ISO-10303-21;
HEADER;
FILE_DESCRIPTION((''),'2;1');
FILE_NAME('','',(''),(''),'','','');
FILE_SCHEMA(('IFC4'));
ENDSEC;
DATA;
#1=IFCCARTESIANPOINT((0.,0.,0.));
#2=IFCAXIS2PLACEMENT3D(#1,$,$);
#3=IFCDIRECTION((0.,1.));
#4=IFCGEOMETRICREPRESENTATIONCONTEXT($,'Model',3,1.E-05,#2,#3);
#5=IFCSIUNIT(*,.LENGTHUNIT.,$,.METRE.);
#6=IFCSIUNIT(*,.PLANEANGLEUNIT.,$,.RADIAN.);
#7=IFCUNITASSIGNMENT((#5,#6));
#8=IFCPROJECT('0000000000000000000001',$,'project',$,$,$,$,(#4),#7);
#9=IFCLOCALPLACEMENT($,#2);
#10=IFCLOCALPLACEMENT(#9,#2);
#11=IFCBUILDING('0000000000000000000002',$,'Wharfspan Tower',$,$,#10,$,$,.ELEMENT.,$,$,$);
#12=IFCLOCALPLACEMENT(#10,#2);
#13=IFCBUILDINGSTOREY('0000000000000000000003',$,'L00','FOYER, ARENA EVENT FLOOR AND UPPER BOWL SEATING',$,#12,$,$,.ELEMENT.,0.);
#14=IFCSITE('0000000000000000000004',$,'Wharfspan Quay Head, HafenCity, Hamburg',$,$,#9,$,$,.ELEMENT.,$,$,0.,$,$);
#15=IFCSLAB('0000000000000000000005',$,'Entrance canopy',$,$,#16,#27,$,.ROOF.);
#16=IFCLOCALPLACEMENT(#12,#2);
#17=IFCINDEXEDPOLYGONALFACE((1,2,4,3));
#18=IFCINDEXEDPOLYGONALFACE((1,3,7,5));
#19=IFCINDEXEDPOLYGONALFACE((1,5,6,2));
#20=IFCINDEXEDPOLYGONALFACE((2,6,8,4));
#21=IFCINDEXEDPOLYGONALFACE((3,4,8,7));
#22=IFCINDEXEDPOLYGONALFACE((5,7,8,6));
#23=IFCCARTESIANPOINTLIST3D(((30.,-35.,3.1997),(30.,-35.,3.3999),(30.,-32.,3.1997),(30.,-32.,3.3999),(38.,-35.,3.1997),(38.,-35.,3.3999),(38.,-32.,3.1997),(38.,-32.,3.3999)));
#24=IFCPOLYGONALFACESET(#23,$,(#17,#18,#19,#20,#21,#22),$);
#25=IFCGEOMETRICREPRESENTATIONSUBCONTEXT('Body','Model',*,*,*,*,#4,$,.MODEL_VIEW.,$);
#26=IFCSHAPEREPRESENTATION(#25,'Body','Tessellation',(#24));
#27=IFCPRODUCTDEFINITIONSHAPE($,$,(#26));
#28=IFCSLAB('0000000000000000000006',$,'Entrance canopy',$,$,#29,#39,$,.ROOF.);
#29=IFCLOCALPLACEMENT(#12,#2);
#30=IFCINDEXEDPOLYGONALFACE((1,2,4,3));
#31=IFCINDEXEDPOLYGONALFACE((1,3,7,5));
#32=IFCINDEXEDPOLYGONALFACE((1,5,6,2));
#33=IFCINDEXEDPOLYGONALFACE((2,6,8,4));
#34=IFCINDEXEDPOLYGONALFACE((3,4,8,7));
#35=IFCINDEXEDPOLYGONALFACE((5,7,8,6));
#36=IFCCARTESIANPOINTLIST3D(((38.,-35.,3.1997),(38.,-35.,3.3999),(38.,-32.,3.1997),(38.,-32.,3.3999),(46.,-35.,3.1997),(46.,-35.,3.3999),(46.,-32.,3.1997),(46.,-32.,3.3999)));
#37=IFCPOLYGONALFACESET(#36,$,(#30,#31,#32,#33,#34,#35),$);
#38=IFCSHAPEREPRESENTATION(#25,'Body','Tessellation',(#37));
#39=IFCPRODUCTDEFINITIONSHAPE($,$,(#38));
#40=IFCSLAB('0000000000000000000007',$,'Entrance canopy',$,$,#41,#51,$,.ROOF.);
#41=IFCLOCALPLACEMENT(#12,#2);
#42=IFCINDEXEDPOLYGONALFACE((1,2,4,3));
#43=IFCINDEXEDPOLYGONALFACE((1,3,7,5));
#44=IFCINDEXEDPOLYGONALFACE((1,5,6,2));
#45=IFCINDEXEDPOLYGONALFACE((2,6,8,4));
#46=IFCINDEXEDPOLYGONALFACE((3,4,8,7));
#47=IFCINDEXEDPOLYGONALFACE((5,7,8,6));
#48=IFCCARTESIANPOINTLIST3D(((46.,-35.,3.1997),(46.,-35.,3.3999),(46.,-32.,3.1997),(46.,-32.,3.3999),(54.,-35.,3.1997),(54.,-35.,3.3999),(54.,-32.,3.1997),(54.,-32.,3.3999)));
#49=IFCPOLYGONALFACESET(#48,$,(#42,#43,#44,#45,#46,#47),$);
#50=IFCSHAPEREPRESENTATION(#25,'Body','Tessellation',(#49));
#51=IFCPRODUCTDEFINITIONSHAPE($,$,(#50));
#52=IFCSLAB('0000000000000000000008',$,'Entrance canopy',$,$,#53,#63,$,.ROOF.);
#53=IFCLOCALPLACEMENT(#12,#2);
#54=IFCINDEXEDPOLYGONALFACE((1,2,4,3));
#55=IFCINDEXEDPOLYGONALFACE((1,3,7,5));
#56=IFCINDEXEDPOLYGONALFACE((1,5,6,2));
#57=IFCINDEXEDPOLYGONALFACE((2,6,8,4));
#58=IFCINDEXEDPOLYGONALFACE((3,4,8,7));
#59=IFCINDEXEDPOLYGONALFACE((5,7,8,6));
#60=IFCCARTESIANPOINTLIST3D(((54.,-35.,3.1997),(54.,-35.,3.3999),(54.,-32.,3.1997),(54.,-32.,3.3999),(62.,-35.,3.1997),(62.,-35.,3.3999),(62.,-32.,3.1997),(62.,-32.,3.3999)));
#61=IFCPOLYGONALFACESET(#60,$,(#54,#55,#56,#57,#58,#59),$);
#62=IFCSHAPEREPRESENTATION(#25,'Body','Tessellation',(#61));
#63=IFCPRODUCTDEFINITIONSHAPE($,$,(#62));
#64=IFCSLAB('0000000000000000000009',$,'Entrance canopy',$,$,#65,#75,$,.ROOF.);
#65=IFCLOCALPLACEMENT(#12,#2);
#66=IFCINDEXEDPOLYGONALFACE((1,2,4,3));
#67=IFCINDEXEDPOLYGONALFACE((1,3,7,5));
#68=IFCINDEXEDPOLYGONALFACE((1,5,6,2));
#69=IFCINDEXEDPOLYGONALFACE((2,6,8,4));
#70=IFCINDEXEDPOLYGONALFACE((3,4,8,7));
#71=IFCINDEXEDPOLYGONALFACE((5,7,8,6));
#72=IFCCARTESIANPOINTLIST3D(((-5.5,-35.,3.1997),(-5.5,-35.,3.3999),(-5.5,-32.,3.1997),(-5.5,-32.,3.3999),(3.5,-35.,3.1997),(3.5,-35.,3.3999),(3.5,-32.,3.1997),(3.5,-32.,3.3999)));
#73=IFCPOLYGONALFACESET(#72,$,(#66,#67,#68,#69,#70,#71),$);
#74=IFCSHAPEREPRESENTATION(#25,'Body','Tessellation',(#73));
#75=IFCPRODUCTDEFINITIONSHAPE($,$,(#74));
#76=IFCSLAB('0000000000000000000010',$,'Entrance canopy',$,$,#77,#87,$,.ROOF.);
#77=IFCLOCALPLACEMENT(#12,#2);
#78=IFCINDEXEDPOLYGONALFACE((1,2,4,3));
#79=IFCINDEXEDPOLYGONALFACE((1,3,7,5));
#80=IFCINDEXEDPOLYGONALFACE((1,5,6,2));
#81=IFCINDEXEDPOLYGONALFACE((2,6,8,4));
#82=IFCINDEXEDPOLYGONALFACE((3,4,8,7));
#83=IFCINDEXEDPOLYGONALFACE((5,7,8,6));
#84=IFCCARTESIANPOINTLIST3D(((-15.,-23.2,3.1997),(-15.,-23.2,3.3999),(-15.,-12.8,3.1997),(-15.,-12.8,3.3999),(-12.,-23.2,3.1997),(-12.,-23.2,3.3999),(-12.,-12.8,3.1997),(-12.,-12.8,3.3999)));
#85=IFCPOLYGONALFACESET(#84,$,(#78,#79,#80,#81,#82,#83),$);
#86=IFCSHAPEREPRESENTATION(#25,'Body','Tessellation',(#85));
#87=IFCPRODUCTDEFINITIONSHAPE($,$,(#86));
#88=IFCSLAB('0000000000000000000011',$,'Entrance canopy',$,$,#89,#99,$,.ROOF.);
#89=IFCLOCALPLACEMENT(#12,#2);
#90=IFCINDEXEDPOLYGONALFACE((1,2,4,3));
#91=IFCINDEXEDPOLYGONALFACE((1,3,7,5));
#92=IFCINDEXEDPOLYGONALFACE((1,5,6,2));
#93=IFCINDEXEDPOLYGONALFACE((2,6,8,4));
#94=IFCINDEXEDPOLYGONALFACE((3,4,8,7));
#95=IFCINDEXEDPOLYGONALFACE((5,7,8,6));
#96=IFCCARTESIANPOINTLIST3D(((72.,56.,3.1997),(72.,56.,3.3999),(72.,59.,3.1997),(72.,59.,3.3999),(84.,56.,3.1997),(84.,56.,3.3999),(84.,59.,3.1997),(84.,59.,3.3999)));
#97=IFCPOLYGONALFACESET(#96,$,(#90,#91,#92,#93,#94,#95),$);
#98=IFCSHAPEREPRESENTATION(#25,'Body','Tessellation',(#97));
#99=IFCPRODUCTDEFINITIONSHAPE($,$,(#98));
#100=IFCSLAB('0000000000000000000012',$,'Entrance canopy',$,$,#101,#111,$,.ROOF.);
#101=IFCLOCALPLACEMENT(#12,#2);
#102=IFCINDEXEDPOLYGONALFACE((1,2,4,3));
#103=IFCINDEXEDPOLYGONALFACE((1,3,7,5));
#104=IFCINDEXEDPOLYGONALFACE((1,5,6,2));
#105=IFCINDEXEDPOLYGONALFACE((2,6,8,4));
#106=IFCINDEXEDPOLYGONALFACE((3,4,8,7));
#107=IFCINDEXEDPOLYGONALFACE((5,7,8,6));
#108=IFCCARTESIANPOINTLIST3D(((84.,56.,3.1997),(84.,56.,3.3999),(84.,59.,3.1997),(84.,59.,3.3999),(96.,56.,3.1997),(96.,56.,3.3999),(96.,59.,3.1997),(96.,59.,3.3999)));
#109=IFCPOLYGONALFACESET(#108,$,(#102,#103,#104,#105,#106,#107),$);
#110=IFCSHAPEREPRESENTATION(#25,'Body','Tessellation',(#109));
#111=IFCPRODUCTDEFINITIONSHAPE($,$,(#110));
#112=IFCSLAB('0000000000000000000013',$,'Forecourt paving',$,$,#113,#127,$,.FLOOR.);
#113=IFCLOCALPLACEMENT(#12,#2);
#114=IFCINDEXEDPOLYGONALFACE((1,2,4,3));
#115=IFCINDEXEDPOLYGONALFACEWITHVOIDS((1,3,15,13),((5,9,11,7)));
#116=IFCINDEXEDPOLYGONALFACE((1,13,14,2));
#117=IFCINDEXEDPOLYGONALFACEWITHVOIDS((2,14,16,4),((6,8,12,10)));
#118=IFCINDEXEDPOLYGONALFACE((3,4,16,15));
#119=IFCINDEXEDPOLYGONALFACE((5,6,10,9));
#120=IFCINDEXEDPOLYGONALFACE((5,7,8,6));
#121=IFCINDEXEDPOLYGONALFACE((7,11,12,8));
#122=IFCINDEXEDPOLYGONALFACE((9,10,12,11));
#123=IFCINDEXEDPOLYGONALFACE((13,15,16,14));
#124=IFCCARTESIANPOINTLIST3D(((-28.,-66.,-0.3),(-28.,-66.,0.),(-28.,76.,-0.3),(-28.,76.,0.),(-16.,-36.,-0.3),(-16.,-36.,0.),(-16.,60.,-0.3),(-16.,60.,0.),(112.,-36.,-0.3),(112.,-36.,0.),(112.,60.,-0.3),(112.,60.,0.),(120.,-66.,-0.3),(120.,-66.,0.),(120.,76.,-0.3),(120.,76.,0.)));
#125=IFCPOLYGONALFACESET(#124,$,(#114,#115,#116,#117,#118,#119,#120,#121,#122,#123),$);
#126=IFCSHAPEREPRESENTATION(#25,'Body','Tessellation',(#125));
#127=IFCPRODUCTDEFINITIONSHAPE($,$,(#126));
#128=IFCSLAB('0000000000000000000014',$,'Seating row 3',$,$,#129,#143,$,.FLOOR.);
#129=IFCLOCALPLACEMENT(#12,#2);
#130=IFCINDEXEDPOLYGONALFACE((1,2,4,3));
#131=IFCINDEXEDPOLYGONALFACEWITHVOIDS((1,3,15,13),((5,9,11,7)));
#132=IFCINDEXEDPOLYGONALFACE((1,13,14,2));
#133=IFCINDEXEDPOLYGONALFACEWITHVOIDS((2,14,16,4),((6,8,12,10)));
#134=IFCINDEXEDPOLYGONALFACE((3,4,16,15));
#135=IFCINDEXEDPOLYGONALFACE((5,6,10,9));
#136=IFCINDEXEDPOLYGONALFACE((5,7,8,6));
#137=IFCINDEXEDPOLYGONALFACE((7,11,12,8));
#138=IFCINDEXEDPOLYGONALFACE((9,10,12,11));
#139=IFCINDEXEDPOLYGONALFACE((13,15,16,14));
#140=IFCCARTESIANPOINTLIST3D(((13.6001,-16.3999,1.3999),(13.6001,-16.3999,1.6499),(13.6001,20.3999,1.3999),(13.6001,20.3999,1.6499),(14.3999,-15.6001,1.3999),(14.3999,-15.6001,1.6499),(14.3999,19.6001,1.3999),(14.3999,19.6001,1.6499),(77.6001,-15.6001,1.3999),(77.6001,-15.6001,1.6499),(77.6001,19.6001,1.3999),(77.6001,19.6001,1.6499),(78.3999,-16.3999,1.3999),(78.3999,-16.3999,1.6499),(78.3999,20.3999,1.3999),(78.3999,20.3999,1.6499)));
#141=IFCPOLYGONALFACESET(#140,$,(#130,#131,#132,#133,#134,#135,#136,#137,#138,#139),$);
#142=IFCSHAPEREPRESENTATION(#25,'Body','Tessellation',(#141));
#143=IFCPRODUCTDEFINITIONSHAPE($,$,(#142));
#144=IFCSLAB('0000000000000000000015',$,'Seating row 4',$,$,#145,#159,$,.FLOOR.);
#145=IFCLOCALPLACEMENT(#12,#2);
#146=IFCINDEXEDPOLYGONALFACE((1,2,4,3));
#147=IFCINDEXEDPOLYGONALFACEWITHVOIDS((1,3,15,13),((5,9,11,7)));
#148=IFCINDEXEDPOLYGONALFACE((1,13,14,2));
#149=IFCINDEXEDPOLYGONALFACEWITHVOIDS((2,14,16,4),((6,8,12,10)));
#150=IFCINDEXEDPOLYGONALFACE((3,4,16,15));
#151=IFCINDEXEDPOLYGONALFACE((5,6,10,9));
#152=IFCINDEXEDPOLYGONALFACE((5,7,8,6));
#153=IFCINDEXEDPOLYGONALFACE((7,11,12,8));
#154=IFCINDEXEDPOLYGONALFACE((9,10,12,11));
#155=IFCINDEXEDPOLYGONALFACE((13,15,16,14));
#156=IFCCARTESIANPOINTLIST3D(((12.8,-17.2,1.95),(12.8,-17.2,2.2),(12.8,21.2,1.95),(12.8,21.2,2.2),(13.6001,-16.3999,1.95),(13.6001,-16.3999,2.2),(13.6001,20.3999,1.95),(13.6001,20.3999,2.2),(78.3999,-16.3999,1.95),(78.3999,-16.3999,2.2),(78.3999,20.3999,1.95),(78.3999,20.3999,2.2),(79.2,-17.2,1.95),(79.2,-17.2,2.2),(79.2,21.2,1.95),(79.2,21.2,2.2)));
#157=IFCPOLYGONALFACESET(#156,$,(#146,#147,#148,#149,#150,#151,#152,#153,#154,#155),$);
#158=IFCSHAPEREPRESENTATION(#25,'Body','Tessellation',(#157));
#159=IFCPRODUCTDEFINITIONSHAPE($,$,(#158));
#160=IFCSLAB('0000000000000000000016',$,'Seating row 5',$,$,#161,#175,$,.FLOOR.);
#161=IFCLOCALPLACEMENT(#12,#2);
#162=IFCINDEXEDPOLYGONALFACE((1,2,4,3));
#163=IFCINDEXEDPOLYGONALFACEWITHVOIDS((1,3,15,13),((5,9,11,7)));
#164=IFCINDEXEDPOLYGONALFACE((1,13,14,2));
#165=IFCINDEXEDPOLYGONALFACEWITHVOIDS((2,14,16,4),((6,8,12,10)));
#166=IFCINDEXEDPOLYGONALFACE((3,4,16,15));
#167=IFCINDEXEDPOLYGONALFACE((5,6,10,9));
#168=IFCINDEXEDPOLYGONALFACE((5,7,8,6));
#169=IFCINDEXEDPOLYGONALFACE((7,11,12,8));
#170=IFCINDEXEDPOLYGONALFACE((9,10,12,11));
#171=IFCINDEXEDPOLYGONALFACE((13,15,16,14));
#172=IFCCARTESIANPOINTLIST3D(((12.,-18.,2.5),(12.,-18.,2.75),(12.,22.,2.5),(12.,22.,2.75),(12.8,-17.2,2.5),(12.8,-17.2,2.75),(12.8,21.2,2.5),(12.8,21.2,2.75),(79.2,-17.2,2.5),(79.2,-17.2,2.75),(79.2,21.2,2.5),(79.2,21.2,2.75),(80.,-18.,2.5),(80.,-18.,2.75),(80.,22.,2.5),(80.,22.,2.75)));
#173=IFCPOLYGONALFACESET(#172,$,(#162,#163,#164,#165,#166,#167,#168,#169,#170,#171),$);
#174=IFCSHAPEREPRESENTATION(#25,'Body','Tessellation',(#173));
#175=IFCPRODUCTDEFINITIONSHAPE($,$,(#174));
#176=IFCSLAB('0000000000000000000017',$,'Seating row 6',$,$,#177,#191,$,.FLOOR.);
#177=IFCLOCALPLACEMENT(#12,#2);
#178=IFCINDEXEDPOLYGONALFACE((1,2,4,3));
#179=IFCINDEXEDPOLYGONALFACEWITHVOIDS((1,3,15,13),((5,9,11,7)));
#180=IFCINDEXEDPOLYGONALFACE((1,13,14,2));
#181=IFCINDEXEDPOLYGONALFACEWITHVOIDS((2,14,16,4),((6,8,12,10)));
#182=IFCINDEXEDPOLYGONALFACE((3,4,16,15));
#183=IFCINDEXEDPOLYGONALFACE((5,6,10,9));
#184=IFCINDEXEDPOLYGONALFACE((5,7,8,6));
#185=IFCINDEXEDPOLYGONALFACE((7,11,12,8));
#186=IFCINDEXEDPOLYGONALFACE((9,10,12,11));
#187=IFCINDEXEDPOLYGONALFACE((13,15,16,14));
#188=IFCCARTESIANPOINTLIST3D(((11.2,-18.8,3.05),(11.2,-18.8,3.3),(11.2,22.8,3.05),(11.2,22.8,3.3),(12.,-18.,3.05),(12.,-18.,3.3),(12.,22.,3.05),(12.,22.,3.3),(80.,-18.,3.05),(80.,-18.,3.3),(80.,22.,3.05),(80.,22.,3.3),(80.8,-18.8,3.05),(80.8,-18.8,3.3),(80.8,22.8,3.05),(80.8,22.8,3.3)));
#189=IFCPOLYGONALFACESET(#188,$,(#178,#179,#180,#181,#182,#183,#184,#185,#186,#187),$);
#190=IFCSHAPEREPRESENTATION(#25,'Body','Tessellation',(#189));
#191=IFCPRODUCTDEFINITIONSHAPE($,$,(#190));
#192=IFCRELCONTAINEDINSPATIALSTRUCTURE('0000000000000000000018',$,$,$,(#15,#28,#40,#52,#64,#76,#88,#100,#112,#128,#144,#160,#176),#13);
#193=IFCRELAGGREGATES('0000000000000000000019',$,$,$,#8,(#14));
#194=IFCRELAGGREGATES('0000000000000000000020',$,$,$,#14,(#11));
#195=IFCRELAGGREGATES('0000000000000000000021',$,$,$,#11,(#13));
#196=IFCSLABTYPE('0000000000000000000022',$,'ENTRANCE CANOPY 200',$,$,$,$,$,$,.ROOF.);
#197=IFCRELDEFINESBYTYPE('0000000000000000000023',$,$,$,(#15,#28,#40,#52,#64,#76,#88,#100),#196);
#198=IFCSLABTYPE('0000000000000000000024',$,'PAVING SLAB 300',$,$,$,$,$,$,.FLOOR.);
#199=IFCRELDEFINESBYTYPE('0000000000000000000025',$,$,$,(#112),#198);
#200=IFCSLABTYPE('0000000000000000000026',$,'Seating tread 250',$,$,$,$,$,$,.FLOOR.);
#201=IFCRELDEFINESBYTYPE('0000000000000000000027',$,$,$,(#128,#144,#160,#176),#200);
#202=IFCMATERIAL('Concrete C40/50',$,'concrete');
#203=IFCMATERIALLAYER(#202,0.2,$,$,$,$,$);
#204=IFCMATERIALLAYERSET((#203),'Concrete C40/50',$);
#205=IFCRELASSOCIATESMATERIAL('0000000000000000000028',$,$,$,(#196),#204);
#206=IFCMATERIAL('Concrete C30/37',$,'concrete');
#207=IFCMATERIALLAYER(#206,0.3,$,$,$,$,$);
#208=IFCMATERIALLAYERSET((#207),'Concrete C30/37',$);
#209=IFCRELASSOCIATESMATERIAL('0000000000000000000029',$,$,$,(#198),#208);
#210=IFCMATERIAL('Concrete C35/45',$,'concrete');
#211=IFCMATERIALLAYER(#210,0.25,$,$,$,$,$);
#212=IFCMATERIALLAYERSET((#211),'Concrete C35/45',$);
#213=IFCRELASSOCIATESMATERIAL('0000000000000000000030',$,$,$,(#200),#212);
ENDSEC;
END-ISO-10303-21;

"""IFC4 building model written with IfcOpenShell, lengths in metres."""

from ifc_helpers import new_model, si_unit, direction, frame, origin, place, context, subcontext, project, spatial, polyline, outline, extrude, material, layer, layer_set, type_object, element, save


model = new_model("IFC4")

# Units and contexts
model_context = context("Model", 3, precision=1e-05, world=origin(), true_north=direction((0.0, 1.0)))
body_context = subcontext(model_context, "Body", "Model", "MODEL_VIEW")
ifc_project = project(units=[si_unit("LENGTHUNIT", "METRE"), si_unit("PLANEANGLEUNIT", "RADIAN")], contexts=[model_context])

# Site, building, storey
site_placement = place(None, origin())
site = spatial("IfcSite", under=ifc_project, at=site_placement, Name="Wharfspan Quay Head, HafenCity, Hamburg", CompositionType="ELEMENT", RefElevation=0.0)
building_placement = place(site_placement, origin())
building = spatial("IfcBuilding", under=site, at=building_placement, Name="Wharfspan Tower", CompositionType="ELEMENT")
storey_placement = place(building_placement, origin())
storey = spatial("IfcBuildingStorey", under=building, at=storey_placement, Name="L00", Description="FOYER, ARENA EVENT FLOOR AND UPPER BOWL SEATING", CompositionType="ELEMENT", Elevation=0.0)

# Slabs
ifc_material_1 = material(Name="Concrete C40/50", Category="concrete")
ifc_layer_1 = layer(ifc_material_1, 0.2)
ifc_layer_set_1 = layer_set([ifc_layer_1], Name="Concrete C40/50")
slab_type_1 = type_object("IfcSlabType", Name="ENTRANCE CANOPY 200", PredefinedType="ROOF", material=ifc_layer_set_1)
slab_1_placement = place(storey_placement, frame((0.0, 0.0, 3.1997)))
element("IfcSlab", 1, at=slab_1_placement, inside=storey, type_object=slab_type_1, Name="Entrance canopy", PredefinedType="ROOF", context=body_context, shape_type="SweptSolid", body=[
    extrude(outline(polyline([(30.0, -32.0), (38.0, -32.0), (38.0, -35.0), (30.0, -35.0), (30.0, -32.0)])), origin(), (0.0, 0.0, 1.0), 0.2002),
])
slab_2_placement = place(storey_placement, frame((0.0, 0.0, 3.1997)))
element("IfcSlab", 2, at=slab_2_placement, inside=storey, type_object=slab_type_1, Name="Entrance canopy", PredefinedType="ROOF", context=body_context, shape_type="SweptSolid", body=[
    extrude(outline(polyline([(38.0, -32.0), (46.0, -32.0), (46.0, -35.0), (38.0, -35.0), (38.0, -32.0)])), origin(), (0.0, 0.0, 1.0), 0.2002),
])
slab_3_placement = place(storey_placement, frame((0.0, 0.0, 3.1997)))
element("IfcSlab", 3, at=slab_3_placement, inside=storey, type_object=slab_type_1, Name="Entrance canopy", PredefinedType="ROOF", context=body_context, shape_type="SweptSolid", body=[
    extrude(outline(polyline([(46.0, -32.0), (54.0, -32.0), (54.0, -35.0), (46.0, -35.0), (46.0, -32.0)])), origin(), (0.0, 0.0, 1.0), 0.2002),
])
slab_4_placement = place(storey_placement, frame((0.0, 0.0, 3.1997)))
element("IfcSlab", 4, at=slab_4_placement, inside=storey, type_object=slab_type_1, Name="Entrance canopy", PredefinedType="ROOF", context=body_context, shape_type="SweptSolid", body=[
    extrude(outline(polyline([(54.0, -32.0), (62.0, -32.0), (62.0, -35.0), (54.0, -35.0), (54.0, -32.0)])), origin(), (0.0, 0.0, 1.0), 0.2002),
])
slab_5_placement = place(storey_placement, frame((0.0, 0.0, 3.1997)))
element("IfcSlab", 5, at=slab_5_placement, inside=storey, type_object=slab_type_1, Name="Entrance canopy", PredefinedType="ROOF", context=body_context, shape_type="SweptSolid", body=[
    extrude(outline(polyline([(-5.5, -32.0), (3.5, -32.0), (3.5, -35.0), (-5.5, -35.0), (-5.5, -32.0)])), origin(), (0.0, 0.0, 1.0), 0.2002),
])
slab_6_placement = place(storey_placement, frame((0.0, 0.0, 3.1997)))
element("IfcSlab", 6, at=slab_6_placement, inside=storey, type_object=slab_type_1, Name="Entrance canopy", PredefinedType="ROOF", context=body_context, shape_type="SweptSolid", body=[
    extrude(outline(polyline([(-12.0, -12.8), (-12.0, -23.2), (-15.0, -23.2), (-15.0, -12.8), (-12.0, -12.8)])), origin(), (0.0, 0.0, 1.0), 0.2002),
])
slab_7_placement = place(storey_placement, frame((0.0, 0.0, 3.1997)))
element("IfcSlab", 7, at=slab_7_placement, inside=storey, type_object=slab_type_1, Name="Entrance canopy", PredefinedType="ROOF", context=body_context, shape_type="SweptSolid", body=[
    extrude(outline(polyline([(84.0, 56.0), (72.0, 56.0), (72.0, 59.0), (84.0, 59.0), (84.0, 56.0)])), origin(), (0.0, 0.0, 1.0), 0.2002),
])
slab_8_placement = place(storey_placement, frame((0.0, 0.0, 3.1997)))
element("IfcSlab", 8, at=slab_8_placement, inside=storey, type_object=slab_type_1, Name="Entrance canopy", PredefinedType="ROOF", context=body_context, shape_type="SweptSolid", body=[
    extrude(outline(polyline([(96.0, 56.0), (84.0, 56.0), (84.0, 59.0), (96.0, 59.0), (96.0, 56.0)])), origin(), (0.0, 0.0, 1.0), 0.2002),
])
ifc_material_2 = material(Name="Concrete C30/37", Category="concrete")
ifc_layer_2 = layer(ifc_material_2, 0.3)
ifc_layer_set_2 = layer_set([ifc_layer_2], Name="Concrete C30/37")
slab_type_2 = type_object("IfcSlabType", Name="PAVING SLAB 300", PredefinedType="FLOOR", material=ifc_layer_set_2)
slab_9_placement = place(storey_placement, frame((0.0, 0.0, -0.3)))
element("IfcSlab", 9, at=slab_9_placement, inside=storey, type_object=slab_type_2, Name="Forecourt paving", PredefinedType="FLOOR", context=body_context, shape_type="SweptSolid", body=[
    extrude(outline(polyline([(-28.0, -66.0), (-28.0, 76.0), (120.0, 76.0), (120.0, -66.0), (-28.0, -66.0)]), holes=[polyline([(112.0, 60.0), (-16.0, 60.0), (-16.0, -36.0), (112.0, -36.0), (112.0, 60.0)])]), origin(), (0.0, 0.0, 1.0), 0.3),
])
ifc_material_3 = material(Name="Concrete C35/45", Category="concrete")
ifc_layer_3 = layer(ifc_material_3, 0.25)
ifc_layer_set_3 = layer_set([ifc_layer_3], Name="Concrete C35/45")
slab_type_3 = type_object("IfcSlabType", Name="Seating tread 250", PredefinedType="FLOOR", material=ifc_layer_set_3)
slab_10_placement = place(storey_placement, frame((0.0, 0.0, 1.3999)))
element("IfcSlab", 10, at=slab_10_placement, inside=storey, type_object=slab_type_3, Name="Seating row 3", PredefinedType="FLOOR", context=body_context, shape_type="SweptSolid", body=[
    extrude(outline(polyline([(13.6001, 20.3999), (78.3999, 20.3999), (78.3999, -16.3999), (13.6001, -16.3999), (13.6001, 20.3999)]), holes=[polyline([(14.3999, 19.6001), (14.3999, -15.6001), (77.6001, -15.6001), (77.6001, 19.6001), (14.3999, 19.6001)])]), origin(), (0.0, 0.0, 1.0), 0.25),
])
slab_11_placement = place(storey_placement, frame((0.0, 0.0, 1.95)))
element("IfcSlab", 11, at=slab_11_placement, inside=storey, type_object=slab_type_3, Name="Seating row 4", PredefinedType="FLOOR", context=body_context, shape_type="SweptSolid", body=[
    extrude(outline(polyline([(12.8, 21.2), (79.2, 21.2), (79.2, -17.2), (12.8, -17.2), (12.8, 21.2)]), holes=[polyline([(13.6001, 20.3999), (13.6001, -16.3999), (78.3999, -16.3999), (78.3999, 20.3999), (13.6001, 20.3999)])]), origin(), (0.0, 0.0, 1.0), 0.25),
])
slab_12_placement = place(storey_placement, frame((0.0, 0.0, 2.5)))
element("IfcSlab", 12, at=slab_12_placement, inside=storey, type_object=slab_type_3, Name="Seating row 5", PredefinedType="FLOOR", context=body_context, shape_type="SweptSolid", body=[
    extrude(outline(polyline([(12.0, 22.0), (80.0, 22.0), (80.0, -18.0), (12.0, -18.0), (12.0, 22.0)]), holes=[polyline([(12.8, 21.2), (12.8, -17.2), (79.2, -17.2), (79.2, 21.2), (12.8, 21.2)])]), origin(), (0.0, 0.0, 1.0), 0.25),
])
slab_13_placement = place(storey_placement, frame((0.0, 0.0, 3.05)))
element("IfcSlab", 13, at=slab_13_placement, inside=storey, type_object=slab_type_3, Name="Seating row 6", PredefinedType="FLOOR", context=body_context, shape_type="SweptSolid", body=[
    extrude(outline(polyline([(11.2, 22.8), (80.8, 22.8), (80.8, -18.8), (11.2, -18.8), (11.2, 22.8)]), holes=[polyline([(12.0, 22.0), (12.0, -18.0), (80.0, -18.0), (80.0, 22.0), (12.0, 22.0)])]), origin(), (0.0, 0.0, 1.0), 0.25),
])

save(model, "model.ifc")
